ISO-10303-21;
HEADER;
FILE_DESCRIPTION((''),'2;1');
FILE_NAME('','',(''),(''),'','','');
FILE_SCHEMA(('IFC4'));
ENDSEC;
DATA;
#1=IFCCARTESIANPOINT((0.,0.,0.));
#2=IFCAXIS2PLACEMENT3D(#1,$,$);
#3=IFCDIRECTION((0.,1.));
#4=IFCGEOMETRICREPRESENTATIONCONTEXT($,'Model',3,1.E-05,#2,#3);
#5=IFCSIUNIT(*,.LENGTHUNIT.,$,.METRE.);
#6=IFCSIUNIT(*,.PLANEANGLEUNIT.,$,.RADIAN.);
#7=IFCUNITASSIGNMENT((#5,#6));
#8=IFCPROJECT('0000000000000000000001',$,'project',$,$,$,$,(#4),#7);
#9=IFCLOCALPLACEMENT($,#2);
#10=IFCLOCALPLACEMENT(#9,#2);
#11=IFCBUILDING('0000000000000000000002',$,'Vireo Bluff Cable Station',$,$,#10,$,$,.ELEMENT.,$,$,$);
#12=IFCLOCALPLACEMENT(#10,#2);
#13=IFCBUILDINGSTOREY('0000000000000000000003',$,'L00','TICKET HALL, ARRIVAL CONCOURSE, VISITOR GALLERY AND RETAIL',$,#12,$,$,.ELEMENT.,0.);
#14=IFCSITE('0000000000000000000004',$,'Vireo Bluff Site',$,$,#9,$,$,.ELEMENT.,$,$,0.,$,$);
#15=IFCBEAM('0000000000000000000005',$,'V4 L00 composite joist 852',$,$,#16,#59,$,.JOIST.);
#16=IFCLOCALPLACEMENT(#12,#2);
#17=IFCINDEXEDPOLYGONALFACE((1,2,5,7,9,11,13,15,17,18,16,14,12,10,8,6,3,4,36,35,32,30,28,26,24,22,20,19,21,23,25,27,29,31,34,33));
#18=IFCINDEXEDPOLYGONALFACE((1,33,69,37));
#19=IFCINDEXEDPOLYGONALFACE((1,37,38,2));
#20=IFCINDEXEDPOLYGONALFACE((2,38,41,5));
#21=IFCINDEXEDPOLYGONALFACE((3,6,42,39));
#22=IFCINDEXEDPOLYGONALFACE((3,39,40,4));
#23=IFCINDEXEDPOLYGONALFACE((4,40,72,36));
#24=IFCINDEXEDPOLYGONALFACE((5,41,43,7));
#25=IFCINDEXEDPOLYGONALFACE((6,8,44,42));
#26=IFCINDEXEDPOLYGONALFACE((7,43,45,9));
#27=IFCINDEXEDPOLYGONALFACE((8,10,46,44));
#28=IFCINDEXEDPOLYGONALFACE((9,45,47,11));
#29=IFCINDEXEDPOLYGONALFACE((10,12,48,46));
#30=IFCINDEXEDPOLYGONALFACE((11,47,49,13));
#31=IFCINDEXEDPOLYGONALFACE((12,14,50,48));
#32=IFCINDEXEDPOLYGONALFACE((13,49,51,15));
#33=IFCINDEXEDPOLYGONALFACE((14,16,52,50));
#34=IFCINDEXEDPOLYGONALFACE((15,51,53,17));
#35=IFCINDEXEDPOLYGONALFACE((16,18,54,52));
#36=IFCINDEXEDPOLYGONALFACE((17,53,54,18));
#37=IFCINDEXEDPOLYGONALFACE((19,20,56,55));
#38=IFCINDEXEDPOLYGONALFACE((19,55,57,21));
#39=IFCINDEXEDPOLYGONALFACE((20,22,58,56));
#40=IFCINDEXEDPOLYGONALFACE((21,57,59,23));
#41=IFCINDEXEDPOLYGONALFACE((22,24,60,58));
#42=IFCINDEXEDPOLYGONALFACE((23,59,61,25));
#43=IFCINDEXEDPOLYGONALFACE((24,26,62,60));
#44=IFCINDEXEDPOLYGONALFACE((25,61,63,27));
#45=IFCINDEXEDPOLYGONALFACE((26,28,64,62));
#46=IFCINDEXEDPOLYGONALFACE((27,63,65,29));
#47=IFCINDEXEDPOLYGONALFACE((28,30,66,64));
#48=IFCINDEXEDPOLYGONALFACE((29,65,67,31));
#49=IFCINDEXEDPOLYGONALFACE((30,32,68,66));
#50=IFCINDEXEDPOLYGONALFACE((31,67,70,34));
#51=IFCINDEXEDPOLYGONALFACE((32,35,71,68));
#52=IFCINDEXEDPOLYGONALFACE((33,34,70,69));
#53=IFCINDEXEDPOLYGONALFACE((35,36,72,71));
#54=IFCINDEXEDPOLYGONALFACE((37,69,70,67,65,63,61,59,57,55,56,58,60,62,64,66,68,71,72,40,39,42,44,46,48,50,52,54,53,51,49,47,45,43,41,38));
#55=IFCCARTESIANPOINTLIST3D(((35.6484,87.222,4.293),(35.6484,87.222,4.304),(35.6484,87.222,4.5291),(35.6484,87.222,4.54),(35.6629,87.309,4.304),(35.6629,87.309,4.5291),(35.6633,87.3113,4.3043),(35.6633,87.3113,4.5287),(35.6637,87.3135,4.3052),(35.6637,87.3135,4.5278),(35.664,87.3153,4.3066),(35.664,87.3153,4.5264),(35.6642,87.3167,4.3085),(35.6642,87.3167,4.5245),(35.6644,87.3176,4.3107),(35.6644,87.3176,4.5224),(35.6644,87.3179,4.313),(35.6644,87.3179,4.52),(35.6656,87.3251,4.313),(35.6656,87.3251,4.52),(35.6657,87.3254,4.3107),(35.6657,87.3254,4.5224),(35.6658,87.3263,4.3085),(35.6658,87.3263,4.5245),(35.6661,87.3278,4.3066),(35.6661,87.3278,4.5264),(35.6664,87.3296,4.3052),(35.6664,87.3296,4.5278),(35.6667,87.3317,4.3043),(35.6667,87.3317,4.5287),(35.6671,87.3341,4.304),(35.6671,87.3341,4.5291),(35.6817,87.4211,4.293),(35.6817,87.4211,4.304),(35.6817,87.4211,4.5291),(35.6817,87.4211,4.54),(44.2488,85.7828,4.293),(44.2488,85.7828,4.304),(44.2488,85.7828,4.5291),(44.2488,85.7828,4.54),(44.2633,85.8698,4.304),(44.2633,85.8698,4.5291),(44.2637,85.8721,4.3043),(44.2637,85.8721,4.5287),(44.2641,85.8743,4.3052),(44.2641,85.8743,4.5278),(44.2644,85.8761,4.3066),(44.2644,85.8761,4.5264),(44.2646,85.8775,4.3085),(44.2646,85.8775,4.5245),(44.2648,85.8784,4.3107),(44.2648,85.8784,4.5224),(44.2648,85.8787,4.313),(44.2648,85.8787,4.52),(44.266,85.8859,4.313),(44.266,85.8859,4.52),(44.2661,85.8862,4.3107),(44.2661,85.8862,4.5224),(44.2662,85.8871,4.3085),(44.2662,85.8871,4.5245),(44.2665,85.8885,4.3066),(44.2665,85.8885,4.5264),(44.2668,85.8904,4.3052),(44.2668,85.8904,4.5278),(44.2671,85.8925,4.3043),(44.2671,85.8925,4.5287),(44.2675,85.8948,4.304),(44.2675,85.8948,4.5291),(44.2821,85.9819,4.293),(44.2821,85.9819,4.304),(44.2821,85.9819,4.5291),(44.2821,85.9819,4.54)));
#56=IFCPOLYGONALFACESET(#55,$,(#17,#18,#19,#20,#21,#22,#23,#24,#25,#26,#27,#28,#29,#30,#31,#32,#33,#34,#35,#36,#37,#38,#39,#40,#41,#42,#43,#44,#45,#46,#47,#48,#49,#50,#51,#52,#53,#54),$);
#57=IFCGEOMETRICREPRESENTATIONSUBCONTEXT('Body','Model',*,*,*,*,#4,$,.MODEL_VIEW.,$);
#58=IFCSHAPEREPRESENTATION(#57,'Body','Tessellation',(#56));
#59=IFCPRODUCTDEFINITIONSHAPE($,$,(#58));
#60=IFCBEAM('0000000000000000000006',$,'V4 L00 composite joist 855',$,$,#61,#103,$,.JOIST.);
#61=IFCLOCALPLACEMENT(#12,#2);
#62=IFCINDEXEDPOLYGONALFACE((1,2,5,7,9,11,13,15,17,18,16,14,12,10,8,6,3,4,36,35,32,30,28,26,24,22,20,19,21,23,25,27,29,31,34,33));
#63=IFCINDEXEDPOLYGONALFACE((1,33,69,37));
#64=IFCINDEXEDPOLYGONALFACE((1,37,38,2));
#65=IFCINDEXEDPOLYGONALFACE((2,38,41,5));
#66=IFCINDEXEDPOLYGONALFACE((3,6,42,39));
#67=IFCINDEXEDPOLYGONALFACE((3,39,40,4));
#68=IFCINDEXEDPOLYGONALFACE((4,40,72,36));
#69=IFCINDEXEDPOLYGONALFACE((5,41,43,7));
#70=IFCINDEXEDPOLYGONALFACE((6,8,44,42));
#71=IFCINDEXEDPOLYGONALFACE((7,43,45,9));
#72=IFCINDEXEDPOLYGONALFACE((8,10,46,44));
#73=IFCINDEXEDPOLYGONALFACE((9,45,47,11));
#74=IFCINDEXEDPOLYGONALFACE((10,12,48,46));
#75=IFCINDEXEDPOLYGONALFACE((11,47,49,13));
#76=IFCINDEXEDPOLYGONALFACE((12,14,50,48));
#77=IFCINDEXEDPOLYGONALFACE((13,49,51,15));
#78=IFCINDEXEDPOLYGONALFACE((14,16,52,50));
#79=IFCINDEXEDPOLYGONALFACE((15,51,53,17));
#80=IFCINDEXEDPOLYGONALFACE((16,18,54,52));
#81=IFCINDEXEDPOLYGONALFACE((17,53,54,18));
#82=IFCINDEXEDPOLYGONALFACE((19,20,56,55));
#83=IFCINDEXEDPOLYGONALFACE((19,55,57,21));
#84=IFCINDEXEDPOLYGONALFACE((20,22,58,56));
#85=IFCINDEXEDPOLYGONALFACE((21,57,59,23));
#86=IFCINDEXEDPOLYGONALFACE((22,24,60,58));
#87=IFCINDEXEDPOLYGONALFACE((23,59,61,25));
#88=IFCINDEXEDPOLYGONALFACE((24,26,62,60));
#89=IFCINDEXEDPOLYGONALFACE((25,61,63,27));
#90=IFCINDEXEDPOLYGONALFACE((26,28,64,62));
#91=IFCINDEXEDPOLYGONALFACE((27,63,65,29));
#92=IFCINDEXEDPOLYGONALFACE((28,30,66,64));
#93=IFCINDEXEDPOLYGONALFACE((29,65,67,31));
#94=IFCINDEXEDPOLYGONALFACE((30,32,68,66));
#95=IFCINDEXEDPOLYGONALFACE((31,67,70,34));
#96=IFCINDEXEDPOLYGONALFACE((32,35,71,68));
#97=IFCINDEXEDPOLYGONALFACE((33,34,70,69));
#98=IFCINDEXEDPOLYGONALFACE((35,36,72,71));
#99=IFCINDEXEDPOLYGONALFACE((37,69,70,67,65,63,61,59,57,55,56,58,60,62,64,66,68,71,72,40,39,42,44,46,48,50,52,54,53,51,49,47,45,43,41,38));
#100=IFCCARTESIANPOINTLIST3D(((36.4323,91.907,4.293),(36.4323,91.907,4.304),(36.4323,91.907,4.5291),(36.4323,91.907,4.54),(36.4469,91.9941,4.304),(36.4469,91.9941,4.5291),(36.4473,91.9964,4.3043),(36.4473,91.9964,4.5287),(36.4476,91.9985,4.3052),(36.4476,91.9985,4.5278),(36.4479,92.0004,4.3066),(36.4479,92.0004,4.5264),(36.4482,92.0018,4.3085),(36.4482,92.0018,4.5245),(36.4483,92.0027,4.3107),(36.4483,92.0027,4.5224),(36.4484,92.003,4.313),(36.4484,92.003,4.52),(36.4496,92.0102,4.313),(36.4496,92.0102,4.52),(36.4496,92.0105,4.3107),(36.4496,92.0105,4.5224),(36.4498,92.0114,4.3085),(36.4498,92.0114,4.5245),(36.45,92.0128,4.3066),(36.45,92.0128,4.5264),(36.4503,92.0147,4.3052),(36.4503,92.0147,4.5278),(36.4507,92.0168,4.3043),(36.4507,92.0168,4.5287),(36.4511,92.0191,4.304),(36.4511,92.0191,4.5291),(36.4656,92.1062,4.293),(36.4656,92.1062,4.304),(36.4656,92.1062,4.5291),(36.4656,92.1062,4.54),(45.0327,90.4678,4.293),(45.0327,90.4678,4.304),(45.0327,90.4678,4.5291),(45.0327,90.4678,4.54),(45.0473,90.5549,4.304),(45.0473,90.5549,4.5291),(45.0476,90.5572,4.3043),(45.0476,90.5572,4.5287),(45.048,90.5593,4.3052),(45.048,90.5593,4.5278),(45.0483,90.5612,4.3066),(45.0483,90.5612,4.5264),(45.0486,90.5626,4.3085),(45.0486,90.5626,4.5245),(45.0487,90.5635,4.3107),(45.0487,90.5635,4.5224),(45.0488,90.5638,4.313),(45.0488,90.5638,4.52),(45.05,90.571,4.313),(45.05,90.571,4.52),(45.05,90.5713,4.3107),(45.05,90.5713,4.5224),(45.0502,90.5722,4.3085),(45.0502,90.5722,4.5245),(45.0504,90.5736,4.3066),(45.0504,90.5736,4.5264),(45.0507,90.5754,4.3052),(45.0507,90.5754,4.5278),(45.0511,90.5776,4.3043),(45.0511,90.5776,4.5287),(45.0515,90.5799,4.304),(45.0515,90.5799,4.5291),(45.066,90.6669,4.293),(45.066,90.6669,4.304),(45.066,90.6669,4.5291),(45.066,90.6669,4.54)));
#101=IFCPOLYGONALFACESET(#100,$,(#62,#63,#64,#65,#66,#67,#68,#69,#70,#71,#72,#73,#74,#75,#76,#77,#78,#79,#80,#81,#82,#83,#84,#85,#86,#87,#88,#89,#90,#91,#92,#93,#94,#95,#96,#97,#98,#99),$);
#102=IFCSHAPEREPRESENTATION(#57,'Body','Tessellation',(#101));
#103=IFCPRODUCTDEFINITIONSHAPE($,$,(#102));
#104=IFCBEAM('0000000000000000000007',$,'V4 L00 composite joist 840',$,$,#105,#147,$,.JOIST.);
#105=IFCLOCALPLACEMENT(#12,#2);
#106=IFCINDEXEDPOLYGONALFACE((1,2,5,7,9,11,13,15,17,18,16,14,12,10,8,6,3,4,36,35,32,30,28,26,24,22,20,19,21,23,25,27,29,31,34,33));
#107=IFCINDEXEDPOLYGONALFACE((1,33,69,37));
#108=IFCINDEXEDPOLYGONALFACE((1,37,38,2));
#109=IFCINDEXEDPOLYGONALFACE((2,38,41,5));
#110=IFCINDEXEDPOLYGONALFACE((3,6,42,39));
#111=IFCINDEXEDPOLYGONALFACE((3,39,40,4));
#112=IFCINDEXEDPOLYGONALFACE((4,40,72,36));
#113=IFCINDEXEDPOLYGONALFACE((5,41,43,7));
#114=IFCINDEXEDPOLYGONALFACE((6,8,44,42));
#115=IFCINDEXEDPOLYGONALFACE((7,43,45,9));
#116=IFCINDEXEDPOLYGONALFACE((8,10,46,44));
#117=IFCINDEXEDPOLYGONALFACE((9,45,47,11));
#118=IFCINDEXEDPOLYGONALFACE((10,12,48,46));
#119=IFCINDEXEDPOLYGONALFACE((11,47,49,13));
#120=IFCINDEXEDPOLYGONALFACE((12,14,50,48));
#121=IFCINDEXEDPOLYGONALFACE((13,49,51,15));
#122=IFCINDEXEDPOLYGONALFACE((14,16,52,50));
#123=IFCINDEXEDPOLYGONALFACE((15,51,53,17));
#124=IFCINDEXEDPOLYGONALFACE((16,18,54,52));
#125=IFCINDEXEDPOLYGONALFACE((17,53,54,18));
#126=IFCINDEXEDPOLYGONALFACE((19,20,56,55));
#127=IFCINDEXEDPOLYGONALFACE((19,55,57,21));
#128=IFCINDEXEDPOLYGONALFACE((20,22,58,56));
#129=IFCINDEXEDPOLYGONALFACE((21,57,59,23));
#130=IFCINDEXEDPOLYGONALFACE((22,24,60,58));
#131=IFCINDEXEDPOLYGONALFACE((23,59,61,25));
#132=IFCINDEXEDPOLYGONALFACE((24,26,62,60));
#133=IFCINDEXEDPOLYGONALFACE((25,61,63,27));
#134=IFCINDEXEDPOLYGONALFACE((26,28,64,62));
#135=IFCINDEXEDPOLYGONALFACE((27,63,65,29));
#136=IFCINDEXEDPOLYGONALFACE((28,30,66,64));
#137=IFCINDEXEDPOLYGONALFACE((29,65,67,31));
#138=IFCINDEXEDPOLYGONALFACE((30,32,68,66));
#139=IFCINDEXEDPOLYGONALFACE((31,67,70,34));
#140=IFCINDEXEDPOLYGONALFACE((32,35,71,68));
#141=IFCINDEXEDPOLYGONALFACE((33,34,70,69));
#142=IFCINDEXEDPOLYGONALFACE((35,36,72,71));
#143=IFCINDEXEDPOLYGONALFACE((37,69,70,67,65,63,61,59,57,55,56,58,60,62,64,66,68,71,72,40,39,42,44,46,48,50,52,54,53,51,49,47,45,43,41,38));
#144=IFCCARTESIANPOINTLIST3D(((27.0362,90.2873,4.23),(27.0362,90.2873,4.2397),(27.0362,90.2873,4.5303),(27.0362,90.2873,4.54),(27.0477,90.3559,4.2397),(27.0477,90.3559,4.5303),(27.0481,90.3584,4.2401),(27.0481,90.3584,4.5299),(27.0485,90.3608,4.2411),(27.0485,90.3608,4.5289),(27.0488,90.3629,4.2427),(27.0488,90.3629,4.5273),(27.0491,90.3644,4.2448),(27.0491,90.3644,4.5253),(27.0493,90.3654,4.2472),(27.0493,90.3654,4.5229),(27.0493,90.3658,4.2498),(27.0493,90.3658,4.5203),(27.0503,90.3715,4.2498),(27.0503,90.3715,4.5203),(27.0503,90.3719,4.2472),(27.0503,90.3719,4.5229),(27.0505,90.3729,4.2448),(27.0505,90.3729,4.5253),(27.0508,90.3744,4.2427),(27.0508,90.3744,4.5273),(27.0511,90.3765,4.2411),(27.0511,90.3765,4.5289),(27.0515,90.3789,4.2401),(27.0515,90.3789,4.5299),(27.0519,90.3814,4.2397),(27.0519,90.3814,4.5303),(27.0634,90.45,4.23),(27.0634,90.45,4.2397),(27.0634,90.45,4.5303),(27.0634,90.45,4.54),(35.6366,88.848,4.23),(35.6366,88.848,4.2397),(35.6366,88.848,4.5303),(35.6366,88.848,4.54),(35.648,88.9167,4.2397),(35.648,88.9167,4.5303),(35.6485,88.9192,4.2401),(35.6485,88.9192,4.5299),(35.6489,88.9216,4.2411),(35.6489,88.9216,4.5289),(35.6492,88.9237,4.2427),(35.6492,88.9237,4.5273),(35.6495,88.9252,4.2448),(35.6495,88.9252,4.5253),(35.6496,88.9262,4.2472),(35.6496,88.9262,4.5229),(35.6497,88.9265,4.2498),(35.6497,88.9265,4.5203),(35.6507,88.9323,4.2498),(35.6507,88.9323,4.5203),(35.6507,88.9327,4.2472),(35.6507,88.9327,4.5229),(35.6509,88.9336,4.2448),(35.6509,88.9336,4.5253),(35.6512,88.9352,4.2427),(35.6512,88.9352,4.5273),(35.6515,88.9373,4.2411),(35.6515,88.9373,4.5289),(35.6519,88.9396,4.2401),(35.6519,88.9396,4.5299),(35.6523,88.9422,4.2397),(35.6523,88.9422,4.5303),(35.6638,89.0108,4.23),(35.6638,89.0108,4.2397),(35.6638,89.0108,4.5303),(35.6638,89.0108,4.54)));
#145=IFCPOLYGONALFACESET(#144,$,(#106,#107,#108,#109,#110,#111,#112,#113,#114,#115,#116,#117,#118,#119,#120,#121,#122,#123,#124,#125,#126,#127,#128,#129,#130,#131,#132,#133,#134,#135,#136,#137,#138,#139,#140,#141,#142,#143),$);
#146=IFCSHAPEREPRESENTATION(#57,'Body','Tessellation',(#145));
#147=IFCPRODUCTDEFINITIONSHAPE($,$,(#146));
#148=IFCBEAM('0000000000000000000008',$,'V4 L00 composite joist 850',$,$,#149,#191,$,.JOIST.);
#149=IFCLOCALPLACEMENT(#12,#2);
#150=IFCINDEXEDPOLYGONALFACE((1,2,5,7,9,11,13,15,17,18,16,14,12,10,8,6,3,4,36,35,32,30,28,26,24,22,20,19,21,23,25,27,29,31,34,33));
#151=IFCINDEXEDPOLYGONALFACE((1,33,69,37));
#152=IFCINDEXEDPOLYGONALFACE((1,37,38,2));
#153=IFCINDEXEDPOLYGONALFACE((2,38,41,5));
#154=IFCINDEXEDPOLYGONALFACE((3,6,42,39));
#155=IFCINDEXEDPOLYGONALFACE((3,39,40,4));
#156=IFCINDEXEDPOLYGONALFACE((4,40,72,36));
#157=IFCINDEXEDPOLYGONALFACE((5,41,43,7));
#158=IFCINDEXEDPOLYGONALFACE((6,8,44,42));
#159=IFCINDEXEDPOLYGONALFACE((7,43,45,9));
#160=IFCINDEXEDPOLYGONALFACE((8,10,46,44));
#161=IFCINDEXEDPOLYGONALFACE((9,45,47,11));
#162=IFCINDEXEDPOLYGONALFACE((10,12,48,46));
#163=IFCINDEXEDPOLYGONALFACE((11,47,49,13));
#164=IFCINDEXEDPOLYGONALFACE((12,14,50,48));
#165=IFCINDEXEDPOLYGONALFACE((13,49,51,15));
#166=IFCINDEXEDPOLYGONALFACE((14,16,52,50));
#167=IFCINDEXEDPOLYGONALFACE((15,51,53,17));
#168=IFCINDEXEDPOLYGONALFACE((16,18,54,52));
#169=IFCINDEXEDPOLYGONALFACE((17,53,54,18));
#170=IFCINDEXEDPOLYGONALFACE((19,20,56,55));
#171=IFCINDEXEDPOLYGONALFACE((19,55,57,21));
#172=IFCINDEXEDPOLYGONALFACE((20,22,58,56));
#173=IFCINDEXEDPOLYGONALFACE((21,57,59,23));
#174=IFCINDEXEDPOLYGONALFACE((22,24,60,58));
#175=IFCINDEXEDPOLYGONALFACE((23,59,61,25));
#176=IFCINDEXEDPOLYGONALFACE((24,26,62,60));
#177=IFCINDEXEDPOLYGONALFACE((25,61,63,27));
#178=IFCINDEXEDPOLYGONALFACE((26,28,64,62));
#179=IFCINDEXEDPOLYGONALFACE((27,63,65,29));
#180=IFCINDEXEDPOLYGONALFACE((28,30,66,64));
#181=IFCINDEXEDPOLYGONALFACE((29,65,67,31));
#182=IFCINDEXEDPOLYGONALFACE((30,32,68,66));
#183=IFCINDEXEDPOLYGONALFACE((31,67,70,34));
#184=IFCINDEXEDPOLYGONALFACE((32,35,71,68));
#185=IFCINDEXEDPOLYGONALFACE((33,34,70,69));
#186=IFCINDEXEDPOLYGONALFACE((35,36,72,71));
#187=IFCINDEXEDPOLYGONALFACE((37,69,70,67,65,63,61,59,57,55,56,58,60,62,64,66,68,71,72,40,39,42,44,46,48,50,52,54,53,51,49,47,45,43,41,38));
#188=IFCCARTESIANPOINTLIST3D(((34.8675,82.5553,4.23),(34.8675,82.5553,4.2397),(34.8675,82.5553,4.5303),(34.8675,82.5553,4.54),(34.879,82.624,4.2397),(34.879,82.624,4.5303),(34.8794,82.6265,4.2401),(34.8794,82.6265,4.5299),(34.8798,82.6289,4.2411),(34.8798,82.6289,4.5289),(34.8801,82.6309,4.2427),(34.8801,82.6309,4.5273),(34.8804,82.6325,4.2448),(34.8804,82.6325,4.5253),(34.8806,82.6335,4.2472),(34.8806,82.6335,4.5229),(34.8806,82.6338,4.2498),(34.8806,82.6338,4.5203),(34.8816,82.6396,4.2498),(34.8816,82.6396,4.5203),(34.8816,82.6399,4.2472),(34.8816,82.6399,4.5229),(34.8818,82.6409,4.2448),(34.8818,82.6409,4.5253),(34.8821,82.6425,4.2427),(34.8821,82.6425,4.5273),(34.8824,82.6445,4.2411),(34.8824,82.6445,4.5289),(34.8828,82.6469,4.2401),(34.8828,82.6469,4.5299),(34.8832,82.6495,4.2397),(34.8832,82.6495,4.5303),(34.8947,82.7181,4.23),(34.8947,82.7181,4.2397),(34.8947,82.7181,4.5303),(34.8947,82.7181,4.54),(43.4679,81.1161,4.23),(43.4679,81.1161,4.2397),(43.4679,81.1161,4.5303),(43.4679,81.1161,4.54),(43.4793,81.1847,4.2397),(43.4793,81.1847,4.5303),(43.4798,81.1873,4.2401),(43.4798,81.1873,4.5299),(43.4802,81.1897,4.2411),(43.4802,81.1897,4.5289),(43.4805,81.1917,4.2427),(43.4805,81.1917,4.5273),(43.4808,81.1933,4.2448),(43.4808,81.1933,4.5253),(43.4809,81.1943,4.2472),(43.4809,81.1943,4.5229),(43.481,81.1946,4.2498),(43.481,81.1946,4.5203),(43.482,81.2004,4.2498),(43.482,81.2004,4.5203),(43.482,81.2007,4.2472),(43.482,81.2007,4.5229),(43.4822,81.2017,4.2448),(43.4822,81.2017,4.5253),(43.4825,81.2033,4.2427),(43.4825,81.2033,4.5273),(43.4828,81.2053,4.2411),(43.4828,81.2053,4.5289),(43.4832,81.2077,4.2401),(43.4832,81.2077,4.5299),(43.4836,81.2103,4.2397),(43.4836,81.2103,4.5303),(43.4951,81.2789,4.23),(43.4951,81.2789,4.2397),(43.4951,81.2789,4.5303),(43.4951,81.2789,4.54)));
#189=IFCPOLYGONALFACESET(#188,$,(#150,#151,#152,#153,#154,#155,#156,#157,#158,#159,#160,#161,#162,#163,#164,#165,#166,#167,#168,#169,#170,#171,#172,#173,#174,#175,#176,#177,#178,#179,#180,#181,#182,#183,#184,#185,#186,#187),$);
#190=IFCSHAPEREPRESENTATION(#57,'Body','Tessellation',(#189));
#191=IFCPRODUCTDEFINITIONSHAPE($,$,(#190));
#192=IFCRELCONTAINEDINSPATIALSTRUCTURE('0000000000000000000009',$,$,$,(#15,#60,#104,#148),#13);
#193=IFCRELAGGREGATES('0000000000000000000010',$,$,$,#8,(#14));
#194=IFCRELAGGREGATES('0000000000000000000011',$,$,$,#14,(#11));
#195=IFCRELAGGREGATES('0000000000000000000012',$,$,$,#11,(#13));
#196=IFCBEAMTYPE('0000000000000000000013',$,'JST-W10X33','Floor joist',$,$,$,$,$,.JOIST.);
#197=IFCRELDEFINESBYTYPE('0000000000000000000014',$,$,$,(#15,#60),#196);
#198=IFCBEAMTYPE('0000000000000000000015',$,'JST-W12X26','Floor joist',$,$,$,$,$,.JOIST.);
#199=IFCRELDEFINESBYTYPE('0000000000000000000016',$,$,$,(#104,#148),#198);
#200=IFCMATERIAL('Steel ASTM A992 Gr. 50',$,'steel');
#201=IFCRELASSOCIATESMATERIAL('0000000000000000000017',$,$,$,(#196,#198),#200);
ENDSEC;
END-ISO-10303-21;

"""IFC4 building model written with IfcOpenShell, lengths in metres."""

from ifc_helpers import new_model, si_unit, direction, frame, origin, origin_2d, place, context, subcontext, project, spatial, i_section, extrude, material, material_profile, profile_set, type_object, element, save


model = new_model("IFC4")

# Units and contexts
model_context = context("Model", 3, precision=1e-05, world=origin(), true_north=direction((0.0, 1.0)))
body_context = subcontext(model_context, "Body", "Model", "MODEL_VIEW")
ifc_project = project(units=[si_unit("LENGTHUNIT", "METRE"), si_unit("PLANEANGLEUNIT", "RADIAN")], contexts=[model_context])

# Site, building, storey
site_placement = place(None, origin())
site = spatial("IfcSite", under=ifc_project, at=site_placement, Name="Vireo Bluff Site", CompositionType="ELEMENT", RefElevation=0.0)
building_placement = place(site_placement, origin())
building = spatial("IfcBuilding", under=site, at=building_placement, Name="Vireo Bluff Cable Station", CompositionType="ELEMENT")
storey_placement = place(building_placement, origin())
storey = spatial("IfcBuildingStorey", under=building, at=storey_placement, Name="L00", Description="TICKET HALL, ARRIVAL CONCOURSE, VISITOR GALLERY AND RETAIL", CompositionType="ELEMENT", Elevation=0.0)

# Shared definitions
ifc_material_1 = material(Name="Steel ASTM A992 Gr. 50", Category="steel")

# Beams
ifc_material_profile_1 = material_profile(ifc_material_1, i_section(OverallWidth=0.2019, OverallDepth=0.2471, WebThickness=0.0073, FlangeThickness=0.011, FilletRadius=0.009, at=origin_2d()), Name="W10X33")
ifc_profile_set_1 = profile_set([ifc_material_profile_1], Name="Steel ASTM A992 Gr. 50")
beam_type_1 = type_object("IfcBeamType", Name="JST-W10X33", Description="Floor joist", PredefinedType="JOIST", material=ifc_profile_set_1)
for number, where, z_axis, x_axis, name in (
    (1, (35.665, 87.3215, 4.4165), (0.986286, -0.165048, 0.0), (0.165048, 0.986286, 0.0), "V4 L00 composite joist 852"),
    (2, (36.449, 92.0066, 4.4165), (0.986286, -0.165048, 0.0), (0.165048, 0.986286, 0.0), "V4 L00 composite joist 855"),
):
    element("IfcBeam", number, at=place(storey_placement, frame(where, z_axis=z_axis, x_axis=x_axis)), inside=storey, type_object=beam_type_1, Name=name, PredefinedType="JOIST", context=body_context, shape_type="SweptSolid", body=[
        extrude(i_section(OverallWidth=0.2019, OverallDepth=0.2471, WebThickness=0.0073, FlangeThickness=0.011, FilletRadius=0.009, at=origin_2d()), origin(), (0.0, 0.0, 1.0), 8.72),
    ])
ifc_material_profile_2 = material_profile(ifc_material_1, i_section(OverallWidth=0.165, OverallDepth=0.3101, WebThickness=0.0059, FlangeThickness=0.0098, FilletRadius=0.01, at=origin_2d()), Name="W12X26")
ifc_profile_set_2 = profile_set([ifc_material_profile_2], Name="Steel ASTM A992 Gr. 50")
beam_type_2 = type_object("IfcBeamType", Name="JST-W12X26", Description="Floor joist", PredefinedType="JOIST", material=ifc_profile_set_2)
for number, where, z_axis, x_axis, name in (
    (3, (27.0498, 90.3687, 4.385), (0.986286, -0.165048, 0.0), (0.165048, 0.986286, 0.0), "V4 L00 composite joist 840"),
    (4, (34.8811, 82.6367, 4.385), (0.986286, -0.165048, 0.0), (0.165048, 0.986286, 0.0), "V4 L00 composite joist 850"),
):
    element("IfcBeam", number, at=place(storey_placement, frame(where, z_axis=z_axis, x_axis=x_axis)), inside=storey, type_object=beam_type_2, Name=name, PredefinedType="JOIST", context=body_context, shape_type="SweptSolid", body=[
        extrude(i_section(OverallWidth=0.165, OverallDepth=0.3101, WebThickness=0.0059, FlangeThickness=0.0098, FilletRadius=0.01, at=origin_2d()), origin(), (0.0, 0.0, 1.0), 8.72),
    ])

save(model, "model.ifc")
